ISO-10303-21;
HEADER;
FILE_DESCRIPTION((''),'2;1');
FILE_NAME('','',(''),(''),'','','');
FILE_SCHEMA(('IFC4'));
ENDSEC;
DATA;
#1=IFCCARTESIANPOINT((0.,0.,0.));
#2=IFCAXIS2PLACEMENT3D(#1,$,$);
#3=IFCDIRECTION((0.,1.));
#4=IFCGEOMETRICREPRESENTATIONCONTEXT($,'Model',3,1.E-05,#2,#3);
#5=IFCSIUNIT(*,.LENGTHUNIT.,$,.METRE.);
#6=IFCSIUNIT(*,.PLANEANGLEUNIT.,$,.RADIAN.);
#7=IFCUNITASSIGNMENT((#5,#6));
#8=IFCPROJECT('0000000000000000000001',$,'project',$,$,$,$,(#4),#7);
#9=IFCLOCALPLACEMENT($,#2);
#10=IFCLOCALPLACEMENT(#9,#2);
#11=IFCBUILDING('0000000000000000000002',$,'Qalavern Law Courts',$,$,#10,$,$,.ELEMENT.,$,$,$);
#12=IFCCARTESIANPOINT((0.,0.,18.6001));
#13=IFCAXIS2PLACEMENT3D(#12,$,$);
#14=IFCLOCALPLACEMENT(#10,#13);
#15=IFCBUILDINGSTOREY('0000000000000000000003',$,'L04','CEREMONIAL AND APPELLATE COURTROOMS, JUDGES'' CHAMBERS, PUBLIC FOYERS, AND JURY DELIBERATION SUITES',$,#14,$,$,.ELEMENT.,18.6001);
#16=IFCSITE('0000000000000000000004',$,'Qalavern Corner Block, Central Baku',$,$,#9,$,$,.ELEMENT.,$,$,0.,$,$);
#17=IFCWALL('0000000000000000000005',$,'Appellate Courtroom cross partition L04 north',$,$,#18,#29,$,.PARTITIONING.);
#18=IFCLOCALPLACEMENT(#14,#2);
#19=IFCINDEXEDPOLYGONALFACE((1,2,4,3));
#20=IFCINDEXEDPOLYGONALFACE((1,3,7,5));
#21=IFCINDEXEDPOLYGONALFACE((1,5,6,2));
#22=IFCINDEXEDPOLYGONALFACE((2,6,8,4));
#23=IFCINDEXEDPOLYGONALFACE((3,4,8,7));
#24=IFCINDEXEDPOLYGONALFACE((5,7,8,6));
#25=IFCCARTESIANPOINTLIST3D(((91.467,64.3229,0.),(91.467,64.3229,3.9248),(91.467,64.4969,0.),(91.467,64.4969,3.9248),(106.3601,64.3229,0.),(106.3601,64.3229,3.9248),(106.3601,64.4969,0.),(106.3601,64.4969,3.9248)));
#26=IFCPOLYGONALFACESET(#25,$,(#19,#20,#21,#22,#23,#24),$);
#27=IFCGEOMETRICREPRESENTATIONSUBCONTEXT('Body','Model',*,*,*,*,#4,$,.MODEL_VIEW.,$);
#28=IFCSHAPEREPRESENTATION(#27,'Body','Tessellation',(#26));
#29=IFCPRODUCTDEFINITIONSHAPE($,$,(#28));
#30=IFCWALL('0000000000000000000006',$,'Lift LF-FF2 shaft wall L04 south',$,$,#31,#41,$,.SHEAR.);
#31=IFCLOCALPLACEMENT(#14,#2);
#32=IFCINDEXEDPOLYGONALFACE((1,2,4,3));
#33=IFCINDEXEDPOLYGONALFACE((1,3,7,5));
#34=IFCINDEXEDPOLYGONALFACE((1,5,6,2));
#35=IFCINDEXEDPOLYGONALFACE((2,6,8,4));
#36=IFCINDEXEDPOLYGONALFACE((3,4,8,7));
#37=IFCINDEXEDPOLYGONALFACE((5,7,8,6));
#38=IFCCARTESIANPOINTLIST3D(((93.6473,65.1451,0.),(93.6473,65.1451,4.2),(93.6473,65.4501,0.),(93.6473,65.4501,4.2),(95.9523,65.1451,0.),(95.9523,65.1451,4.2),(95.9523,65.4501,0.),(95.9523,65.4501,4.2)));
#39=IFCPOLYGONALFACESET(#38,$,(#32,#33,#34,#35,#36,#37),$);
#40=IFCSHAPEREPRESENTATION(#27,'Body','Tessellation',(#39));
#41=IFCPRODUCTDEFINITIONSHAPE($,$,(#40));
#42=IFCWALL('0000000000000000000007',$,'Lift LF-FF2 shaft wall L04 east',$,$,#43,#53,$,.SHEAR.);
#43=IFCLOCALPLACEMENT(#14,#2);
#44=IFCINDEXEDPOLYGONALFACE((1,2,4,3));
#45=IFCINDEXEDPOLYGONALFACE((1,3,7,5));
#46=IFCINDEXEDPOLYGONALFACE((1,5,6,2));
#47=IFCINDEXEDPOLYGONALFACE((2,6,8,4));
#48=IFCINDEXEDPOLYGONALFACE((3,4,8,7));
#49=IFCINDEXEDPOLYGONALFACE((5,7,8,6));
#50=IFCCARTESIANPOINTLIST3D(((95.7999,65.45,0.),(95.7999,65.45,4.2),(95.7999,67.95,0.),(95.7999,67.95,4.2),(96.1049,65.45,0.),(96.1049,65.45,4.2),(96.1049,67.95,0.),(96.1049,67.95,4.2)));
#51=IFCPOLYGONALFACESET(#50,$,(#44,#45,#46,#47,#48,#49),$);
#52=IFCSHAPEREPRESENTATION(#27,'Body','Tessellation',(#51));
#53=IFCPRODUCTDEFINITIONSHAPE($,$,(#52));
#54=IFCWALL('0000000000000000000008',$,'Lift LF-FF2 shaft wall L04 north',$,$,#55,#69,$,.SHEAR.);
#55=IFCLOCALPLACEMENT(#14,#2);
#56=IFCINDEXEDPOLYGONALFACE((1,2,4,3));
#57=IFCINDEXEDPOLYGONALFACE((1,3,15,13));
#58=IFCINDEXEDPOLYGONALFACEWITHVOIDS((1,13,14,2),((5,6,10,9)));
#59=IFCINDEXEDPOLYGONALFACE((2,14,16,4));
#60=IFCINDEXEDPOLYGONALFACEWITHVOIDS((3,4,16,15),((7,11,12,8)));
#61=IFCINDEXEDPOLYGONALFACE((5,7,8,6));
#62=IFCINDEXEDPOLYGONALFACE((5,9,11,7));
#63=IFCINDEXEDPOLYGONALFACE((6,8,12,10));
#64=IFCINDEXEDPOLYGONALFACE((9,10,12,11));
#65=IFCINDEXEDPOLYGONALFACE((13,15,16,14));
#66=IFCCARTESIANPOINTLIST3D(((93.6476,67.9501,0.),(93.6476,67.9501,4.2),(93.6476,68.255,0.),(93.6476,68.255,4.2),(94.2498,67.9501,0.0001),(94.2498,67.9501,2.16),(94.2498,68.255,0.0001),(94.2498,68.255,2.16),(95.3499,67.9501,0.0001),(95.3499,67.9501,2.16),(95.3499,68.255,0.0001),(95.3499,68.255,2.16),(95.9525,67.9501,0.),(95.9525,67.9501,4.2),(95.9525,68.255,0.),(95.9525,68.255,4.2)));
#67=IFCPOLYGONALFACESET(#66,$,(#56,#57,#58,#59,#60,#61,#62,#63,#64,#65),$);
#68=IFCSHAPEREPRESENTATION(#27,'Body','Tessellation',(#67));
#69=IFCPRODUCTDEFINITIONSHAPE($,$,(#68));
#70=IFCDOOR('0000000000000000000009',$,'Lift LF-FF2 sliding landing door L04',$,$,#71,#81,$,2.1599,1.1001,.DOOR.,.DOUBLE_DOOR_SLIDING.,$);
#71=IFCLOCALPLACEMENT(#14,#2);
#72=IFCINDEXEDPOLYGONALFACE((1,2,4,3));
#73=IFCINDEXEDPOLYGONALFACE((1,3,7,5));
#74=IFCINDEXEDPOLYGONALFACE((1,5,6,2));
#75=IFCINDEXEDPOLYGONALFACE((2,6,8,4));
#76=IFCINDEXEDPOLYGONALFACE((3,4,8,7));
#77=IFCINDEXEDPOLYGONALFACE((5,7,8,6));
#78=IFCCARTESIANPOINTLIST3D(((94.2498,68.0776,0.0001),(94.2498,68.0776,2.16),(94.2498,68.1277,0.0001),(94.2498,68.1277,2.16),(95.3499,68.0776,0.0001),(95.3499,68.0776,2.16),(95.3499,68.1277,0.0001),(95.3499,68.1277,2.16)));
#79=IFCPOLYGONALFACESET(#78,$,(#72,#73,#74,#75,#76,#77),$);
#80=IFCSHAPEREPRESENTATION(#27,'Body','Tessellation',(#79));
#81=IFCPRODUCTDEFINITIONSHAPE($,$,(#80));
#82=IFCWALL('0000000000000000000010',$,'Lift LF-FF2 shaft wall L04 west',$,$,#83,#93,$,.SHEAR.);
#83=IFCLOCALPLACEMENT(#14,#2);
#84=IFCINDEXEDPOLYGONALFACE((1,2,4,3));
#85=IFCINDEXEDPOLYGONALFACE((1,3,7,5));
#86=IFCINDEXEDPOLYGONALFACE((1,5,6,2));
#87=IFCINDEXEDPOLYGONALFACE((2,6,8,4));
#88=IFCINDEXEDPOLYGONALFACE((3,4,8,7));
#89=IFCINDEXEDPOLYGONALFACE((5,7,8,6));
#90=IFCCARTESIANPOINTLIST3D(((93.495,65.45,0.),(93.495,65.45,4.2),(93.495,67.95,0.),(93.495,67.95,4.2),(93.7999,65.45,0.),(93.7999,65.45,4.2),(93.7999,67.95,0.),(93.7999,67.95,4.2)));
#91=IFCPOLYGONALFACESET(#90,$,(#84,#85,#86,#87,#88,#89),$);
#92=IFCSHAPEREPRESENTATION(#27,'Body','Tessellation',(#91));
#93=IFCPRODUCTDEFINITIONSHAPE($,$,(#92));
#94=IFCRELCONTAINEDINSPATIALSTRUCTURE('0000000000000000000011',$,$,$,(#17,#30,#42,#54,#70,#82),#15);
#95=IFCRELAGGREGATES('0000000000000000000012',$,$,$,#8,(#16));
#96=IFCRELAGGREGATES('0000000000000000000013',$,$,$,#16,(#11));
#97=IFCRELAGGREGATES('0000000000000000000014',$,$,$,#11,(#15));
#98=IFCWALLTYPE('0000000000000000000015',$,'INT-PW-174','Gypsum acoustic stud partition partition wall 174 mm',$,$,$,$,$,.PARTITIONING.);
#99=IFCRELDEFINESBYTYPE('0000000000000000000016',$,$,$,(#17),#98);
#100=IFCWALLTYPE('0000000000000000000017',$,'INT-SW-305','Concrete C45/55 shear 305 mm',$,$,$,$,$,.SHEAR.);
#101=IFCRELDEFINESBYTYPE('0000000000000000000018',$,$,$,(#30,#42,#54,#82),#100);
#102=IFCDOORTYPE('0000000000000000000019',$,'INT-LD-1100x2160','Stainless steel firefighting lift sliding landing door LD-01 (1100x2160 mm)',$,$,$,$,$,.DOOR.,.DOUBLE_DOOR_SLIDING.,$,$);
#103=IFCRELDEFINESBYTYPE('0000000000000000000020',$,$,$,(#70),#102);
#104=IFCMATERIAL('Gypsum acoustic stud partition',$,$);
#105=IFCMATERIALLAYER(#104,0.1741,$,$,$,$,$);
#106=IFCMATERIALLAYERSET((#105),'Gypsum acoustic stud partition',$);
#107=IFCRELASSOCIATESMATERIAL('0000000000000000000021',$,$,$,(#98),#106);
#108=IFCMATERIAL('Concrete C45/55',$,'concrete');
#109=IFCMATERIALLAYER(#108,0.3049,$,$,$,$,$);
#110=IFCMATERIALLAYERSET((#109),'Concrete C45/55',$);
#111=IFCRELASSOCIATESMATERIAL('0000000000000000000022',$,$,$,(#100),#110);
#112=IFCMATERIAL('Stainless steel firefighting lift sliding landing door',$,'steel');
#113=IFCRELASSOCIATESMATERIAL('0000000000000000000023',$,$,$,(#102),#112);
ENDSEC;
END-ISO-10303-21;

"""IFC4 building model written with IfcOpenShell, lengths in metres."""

from ifc_helpers import new_model, si_unit, direction, frame, frame_2d, origin, place, context, subcontext, project, spatial, rectangle, extrude, material, layer, layer_set, type_object, element, fill, save


model = new_model("IFC4")

# Units and contexts
model_context = context("Model", 3, precision=1e-05, world=origin(), true_north=direction((0.0, 1.0)))
body_context = subcontext(model_context, "Body", "Model", "MODEL_VIEW")
ifc_project = project(units=[si_unit("LENGTHUNIT", "METRE"), si_unit("PLANEANGLEUNIT", "RADIAN")], contexts=[model_context])

# Site, building, storey
site_placement = place(None, origin())
site = spatial("IfcSite", under=ifc_project, at=site_placement, Name="Qalavern Corner Block, Central Baku", CompositionType="ELEMENT", RefElevation=0.0)
building_placement = place(site_placement, origin())
building = spatial("IfcBuilding", under=site, at=building_placement, Name="Qalavern Law Courts", CompositionType="ELEMENT")
storey_placement = place(building_placement, frame((0.0, 0.0, 18.6001)))
storey = spatial("IfcBuildingStorey", under=building, at=storey_placement, Name="L04", Description="CEREMONIAL AND APPELLATE COURTROOMS, JUDGES' CHAMBERS, PUBLIC FOYERS, AND JURY DELIBERATION SUITES", CompositionType="ELEMENT", Elevation=18.6001)

# Shared definitions
ifc_material_1 = material(Name="Concrete C45/55", Category="concrete")

# Shared definitions
ifc_material_2 = material(Name="Gypsum acoustic stud partition")
ifc_layer_1 = layer(ifc_material_2, 0.1741)
ifc_layer_set_1 = layer_set([ifc_layer_1], Name="Gypsum acoustic stud partition")
wall_type_1 = type_object("IfcWallType", Name="INT-PW-174", Description="Gypsum acoustic stud partition partition wall 174 mm", PredefinedType="PARTITIONING", material=ifc_layer_set_1)

# Walls
wall_1_placement = place(storey_placement, frame((91.467, 64.4099, 0.0), z_axis=(0.0, 0.0, 1.0), x_axis=(1.0, 0.0, 0.0)))
element("IfcWall", 1, at=wall_1_placement, inside=storey, type_object=wall_type_1, Name="Appellate Courtroom cross partition L04 north", PredefinedType="PARTITIONING", context=body_context, shape_type="SweptSolid", body=[
    extrude(rectangle(XDim=14.8931, YDim=0.1741, at=frame_2d((7.4465, 0.0))), origin(), (0.0, 0.0, 1.0), 3.9248),
])
ifc_layer_2 = layer(ifc_material_1, 0.3049)
ifc_layer_set_2 = layer_set([ifc_layer_2], Name="Concrete C45/55")
wall_type_2 = type_object("IfcWallType", Name="INT-SW-305", Description="Concrete C45/55 shear 305 mm", PredefinedType="SHEAR", material=ifc_layer_set_2)
wall_2_placement = place(storey_placement, frame((93.6475, 65.2976, 0.0), z_axis=(0.0, 0.0, 1.0), x_axis=(1.0, 0.0, 0.0)))
element("IfcWall", 2, at=wall_2_placement, inside=storey, type_object=wall_type_2, Name="Lift LF-FF2 shaft wall L04 south", PredefinedType="SHEAR", context=body_context, shape_type="SweptSolid", body=[
    extrude(rectangle(XDim=2.3049, YDim=0.3049, at=frame_2d((1.1523, 0.0))), origin(), (0.0, 0.0, 1.0), 4.2),
])
wall_3_placement = place(storey_placement, frame((95.9524, 65.45, 0.0), z_axis=(0.0, 0.0, 1.0), x_axis=(0.0, 1.0, 0.0)))
element("IfcWall", 3, at=wall_3_placement, inside=storey, type_object=wall_type_2, Name="Lift LF-FF2 shaft wall L04 east", PredefinedType="SHEAR", context=body_context, shape_type="SweptSolid", body=[
    extrude(rectangle(XDim=2.5, YDim=0.3049, at=frame_2d((1.25, 0.0))), origin(), (0.0, 0.0, 1.0), 4.2),
])

# Wall, opening, door
wall_4_placement = place(storey_placement, frame((95.9524, 68.1025, 0.0), z_axis=(0.0, 0.0, 1.0), x_axis=(-1.0, 0.0, 0.0)))
wall_4 = element("IfcWall", 4, at=wall_4_placement, inside=storey, type_object=wall_type_2, Name="Lift LF-FF2 shaft wall L04 north", PredefinedType="SHEAR", context=body_context, shape_type="SweptSolid", body=[
    extrude(rectangle(XDim=2.3049, YDim=0.3049, at=frame_2d((1.1523, 0.0))), origin(), (0.0, 0.0, 1.0), 4.2),
])
opening_1_placement = place(wall_4_placement, frame((0.6025, 0.0, 0.0)))
opening_1 = element("IfcOpeningElement", 5, at=opening_1_placement, cuts=wall_4, PredefinedType="OPENING", context=body_context, shape_type="SweptSolid", body=[
    extrude(rectangle(XDim=1.1001, YDim=2.1599, at=frame_2d((0.55, 1.0801))), frame((0.0, 0.1675, 0.0), z_axis=(0.0, -1.0, 0.0), x_axis=(1.0, 0.0, 0.0)), (0.0, 0.0, 1.0), 0.3347),
])
ifc_material_3 = material(Name="Stainless steel firefighting lift sliding landing door", Category="steel")
door_type_1 = type_object("IfcDoorType", Name="INT-LD-1100x2160", Description="Stainless steel firefighting lift sliding landing door LD-01 (1100x2160 mm)", OperationType="DOUBLE_DOOR_SLIDING", PredefinedType="DOOR", material=ifc_material_3)
door_1_placement = place(opening_1_placement, origin())
door_1 = element("IfcDoor", 6, at=door_1_placement, inside=storey, type_object=door_type_1, Name="Lift LF-FF2 sliding landing door L04", OperationType="DOUBLE_DOOR_SLIDING", OverallHeight=2.1599, OverallWidth=1.1001, PredefinedType="DOOR", context=body_context, shape_type="SweptSolid", body=[
    extrude(rectangle(XDim=1.1001, YDim=2.1599, at=frame_2d((0.55, 1.0801))), frame((0.0, 0.0249, 0.0), z_axis=(0.0, -1.0, 0.0), x_axis=(1.0, 0.0, 0.0)), (0.0, 0.0, 1.0), 0.05),
])
fill(opening_1, door_1)

# Wall
wall_5_placement = place(storey_placement, frame((93.6475, 67.95, 0.0), z_axis=(0.0, 0.0, 1.0), x_axis=(0.0, -1.0, 0.0)))
element("IfcWall", 7, at=wall_5_placement, inside=storey, type_object=wall_type_2, Name="Lift LF-FF2 shaft wall L04 west", PredefinedType="SHEAR", context=body_context, shape_type="SweptSolid", body=[
    extrude(rectangle(XDim=2.5, YDim=0.3049, at=frame_2d((1.25, 0.0))), origin(), (0.0, 0.0, 1.0), 4.2),
])

save(model, "model.ifc")
